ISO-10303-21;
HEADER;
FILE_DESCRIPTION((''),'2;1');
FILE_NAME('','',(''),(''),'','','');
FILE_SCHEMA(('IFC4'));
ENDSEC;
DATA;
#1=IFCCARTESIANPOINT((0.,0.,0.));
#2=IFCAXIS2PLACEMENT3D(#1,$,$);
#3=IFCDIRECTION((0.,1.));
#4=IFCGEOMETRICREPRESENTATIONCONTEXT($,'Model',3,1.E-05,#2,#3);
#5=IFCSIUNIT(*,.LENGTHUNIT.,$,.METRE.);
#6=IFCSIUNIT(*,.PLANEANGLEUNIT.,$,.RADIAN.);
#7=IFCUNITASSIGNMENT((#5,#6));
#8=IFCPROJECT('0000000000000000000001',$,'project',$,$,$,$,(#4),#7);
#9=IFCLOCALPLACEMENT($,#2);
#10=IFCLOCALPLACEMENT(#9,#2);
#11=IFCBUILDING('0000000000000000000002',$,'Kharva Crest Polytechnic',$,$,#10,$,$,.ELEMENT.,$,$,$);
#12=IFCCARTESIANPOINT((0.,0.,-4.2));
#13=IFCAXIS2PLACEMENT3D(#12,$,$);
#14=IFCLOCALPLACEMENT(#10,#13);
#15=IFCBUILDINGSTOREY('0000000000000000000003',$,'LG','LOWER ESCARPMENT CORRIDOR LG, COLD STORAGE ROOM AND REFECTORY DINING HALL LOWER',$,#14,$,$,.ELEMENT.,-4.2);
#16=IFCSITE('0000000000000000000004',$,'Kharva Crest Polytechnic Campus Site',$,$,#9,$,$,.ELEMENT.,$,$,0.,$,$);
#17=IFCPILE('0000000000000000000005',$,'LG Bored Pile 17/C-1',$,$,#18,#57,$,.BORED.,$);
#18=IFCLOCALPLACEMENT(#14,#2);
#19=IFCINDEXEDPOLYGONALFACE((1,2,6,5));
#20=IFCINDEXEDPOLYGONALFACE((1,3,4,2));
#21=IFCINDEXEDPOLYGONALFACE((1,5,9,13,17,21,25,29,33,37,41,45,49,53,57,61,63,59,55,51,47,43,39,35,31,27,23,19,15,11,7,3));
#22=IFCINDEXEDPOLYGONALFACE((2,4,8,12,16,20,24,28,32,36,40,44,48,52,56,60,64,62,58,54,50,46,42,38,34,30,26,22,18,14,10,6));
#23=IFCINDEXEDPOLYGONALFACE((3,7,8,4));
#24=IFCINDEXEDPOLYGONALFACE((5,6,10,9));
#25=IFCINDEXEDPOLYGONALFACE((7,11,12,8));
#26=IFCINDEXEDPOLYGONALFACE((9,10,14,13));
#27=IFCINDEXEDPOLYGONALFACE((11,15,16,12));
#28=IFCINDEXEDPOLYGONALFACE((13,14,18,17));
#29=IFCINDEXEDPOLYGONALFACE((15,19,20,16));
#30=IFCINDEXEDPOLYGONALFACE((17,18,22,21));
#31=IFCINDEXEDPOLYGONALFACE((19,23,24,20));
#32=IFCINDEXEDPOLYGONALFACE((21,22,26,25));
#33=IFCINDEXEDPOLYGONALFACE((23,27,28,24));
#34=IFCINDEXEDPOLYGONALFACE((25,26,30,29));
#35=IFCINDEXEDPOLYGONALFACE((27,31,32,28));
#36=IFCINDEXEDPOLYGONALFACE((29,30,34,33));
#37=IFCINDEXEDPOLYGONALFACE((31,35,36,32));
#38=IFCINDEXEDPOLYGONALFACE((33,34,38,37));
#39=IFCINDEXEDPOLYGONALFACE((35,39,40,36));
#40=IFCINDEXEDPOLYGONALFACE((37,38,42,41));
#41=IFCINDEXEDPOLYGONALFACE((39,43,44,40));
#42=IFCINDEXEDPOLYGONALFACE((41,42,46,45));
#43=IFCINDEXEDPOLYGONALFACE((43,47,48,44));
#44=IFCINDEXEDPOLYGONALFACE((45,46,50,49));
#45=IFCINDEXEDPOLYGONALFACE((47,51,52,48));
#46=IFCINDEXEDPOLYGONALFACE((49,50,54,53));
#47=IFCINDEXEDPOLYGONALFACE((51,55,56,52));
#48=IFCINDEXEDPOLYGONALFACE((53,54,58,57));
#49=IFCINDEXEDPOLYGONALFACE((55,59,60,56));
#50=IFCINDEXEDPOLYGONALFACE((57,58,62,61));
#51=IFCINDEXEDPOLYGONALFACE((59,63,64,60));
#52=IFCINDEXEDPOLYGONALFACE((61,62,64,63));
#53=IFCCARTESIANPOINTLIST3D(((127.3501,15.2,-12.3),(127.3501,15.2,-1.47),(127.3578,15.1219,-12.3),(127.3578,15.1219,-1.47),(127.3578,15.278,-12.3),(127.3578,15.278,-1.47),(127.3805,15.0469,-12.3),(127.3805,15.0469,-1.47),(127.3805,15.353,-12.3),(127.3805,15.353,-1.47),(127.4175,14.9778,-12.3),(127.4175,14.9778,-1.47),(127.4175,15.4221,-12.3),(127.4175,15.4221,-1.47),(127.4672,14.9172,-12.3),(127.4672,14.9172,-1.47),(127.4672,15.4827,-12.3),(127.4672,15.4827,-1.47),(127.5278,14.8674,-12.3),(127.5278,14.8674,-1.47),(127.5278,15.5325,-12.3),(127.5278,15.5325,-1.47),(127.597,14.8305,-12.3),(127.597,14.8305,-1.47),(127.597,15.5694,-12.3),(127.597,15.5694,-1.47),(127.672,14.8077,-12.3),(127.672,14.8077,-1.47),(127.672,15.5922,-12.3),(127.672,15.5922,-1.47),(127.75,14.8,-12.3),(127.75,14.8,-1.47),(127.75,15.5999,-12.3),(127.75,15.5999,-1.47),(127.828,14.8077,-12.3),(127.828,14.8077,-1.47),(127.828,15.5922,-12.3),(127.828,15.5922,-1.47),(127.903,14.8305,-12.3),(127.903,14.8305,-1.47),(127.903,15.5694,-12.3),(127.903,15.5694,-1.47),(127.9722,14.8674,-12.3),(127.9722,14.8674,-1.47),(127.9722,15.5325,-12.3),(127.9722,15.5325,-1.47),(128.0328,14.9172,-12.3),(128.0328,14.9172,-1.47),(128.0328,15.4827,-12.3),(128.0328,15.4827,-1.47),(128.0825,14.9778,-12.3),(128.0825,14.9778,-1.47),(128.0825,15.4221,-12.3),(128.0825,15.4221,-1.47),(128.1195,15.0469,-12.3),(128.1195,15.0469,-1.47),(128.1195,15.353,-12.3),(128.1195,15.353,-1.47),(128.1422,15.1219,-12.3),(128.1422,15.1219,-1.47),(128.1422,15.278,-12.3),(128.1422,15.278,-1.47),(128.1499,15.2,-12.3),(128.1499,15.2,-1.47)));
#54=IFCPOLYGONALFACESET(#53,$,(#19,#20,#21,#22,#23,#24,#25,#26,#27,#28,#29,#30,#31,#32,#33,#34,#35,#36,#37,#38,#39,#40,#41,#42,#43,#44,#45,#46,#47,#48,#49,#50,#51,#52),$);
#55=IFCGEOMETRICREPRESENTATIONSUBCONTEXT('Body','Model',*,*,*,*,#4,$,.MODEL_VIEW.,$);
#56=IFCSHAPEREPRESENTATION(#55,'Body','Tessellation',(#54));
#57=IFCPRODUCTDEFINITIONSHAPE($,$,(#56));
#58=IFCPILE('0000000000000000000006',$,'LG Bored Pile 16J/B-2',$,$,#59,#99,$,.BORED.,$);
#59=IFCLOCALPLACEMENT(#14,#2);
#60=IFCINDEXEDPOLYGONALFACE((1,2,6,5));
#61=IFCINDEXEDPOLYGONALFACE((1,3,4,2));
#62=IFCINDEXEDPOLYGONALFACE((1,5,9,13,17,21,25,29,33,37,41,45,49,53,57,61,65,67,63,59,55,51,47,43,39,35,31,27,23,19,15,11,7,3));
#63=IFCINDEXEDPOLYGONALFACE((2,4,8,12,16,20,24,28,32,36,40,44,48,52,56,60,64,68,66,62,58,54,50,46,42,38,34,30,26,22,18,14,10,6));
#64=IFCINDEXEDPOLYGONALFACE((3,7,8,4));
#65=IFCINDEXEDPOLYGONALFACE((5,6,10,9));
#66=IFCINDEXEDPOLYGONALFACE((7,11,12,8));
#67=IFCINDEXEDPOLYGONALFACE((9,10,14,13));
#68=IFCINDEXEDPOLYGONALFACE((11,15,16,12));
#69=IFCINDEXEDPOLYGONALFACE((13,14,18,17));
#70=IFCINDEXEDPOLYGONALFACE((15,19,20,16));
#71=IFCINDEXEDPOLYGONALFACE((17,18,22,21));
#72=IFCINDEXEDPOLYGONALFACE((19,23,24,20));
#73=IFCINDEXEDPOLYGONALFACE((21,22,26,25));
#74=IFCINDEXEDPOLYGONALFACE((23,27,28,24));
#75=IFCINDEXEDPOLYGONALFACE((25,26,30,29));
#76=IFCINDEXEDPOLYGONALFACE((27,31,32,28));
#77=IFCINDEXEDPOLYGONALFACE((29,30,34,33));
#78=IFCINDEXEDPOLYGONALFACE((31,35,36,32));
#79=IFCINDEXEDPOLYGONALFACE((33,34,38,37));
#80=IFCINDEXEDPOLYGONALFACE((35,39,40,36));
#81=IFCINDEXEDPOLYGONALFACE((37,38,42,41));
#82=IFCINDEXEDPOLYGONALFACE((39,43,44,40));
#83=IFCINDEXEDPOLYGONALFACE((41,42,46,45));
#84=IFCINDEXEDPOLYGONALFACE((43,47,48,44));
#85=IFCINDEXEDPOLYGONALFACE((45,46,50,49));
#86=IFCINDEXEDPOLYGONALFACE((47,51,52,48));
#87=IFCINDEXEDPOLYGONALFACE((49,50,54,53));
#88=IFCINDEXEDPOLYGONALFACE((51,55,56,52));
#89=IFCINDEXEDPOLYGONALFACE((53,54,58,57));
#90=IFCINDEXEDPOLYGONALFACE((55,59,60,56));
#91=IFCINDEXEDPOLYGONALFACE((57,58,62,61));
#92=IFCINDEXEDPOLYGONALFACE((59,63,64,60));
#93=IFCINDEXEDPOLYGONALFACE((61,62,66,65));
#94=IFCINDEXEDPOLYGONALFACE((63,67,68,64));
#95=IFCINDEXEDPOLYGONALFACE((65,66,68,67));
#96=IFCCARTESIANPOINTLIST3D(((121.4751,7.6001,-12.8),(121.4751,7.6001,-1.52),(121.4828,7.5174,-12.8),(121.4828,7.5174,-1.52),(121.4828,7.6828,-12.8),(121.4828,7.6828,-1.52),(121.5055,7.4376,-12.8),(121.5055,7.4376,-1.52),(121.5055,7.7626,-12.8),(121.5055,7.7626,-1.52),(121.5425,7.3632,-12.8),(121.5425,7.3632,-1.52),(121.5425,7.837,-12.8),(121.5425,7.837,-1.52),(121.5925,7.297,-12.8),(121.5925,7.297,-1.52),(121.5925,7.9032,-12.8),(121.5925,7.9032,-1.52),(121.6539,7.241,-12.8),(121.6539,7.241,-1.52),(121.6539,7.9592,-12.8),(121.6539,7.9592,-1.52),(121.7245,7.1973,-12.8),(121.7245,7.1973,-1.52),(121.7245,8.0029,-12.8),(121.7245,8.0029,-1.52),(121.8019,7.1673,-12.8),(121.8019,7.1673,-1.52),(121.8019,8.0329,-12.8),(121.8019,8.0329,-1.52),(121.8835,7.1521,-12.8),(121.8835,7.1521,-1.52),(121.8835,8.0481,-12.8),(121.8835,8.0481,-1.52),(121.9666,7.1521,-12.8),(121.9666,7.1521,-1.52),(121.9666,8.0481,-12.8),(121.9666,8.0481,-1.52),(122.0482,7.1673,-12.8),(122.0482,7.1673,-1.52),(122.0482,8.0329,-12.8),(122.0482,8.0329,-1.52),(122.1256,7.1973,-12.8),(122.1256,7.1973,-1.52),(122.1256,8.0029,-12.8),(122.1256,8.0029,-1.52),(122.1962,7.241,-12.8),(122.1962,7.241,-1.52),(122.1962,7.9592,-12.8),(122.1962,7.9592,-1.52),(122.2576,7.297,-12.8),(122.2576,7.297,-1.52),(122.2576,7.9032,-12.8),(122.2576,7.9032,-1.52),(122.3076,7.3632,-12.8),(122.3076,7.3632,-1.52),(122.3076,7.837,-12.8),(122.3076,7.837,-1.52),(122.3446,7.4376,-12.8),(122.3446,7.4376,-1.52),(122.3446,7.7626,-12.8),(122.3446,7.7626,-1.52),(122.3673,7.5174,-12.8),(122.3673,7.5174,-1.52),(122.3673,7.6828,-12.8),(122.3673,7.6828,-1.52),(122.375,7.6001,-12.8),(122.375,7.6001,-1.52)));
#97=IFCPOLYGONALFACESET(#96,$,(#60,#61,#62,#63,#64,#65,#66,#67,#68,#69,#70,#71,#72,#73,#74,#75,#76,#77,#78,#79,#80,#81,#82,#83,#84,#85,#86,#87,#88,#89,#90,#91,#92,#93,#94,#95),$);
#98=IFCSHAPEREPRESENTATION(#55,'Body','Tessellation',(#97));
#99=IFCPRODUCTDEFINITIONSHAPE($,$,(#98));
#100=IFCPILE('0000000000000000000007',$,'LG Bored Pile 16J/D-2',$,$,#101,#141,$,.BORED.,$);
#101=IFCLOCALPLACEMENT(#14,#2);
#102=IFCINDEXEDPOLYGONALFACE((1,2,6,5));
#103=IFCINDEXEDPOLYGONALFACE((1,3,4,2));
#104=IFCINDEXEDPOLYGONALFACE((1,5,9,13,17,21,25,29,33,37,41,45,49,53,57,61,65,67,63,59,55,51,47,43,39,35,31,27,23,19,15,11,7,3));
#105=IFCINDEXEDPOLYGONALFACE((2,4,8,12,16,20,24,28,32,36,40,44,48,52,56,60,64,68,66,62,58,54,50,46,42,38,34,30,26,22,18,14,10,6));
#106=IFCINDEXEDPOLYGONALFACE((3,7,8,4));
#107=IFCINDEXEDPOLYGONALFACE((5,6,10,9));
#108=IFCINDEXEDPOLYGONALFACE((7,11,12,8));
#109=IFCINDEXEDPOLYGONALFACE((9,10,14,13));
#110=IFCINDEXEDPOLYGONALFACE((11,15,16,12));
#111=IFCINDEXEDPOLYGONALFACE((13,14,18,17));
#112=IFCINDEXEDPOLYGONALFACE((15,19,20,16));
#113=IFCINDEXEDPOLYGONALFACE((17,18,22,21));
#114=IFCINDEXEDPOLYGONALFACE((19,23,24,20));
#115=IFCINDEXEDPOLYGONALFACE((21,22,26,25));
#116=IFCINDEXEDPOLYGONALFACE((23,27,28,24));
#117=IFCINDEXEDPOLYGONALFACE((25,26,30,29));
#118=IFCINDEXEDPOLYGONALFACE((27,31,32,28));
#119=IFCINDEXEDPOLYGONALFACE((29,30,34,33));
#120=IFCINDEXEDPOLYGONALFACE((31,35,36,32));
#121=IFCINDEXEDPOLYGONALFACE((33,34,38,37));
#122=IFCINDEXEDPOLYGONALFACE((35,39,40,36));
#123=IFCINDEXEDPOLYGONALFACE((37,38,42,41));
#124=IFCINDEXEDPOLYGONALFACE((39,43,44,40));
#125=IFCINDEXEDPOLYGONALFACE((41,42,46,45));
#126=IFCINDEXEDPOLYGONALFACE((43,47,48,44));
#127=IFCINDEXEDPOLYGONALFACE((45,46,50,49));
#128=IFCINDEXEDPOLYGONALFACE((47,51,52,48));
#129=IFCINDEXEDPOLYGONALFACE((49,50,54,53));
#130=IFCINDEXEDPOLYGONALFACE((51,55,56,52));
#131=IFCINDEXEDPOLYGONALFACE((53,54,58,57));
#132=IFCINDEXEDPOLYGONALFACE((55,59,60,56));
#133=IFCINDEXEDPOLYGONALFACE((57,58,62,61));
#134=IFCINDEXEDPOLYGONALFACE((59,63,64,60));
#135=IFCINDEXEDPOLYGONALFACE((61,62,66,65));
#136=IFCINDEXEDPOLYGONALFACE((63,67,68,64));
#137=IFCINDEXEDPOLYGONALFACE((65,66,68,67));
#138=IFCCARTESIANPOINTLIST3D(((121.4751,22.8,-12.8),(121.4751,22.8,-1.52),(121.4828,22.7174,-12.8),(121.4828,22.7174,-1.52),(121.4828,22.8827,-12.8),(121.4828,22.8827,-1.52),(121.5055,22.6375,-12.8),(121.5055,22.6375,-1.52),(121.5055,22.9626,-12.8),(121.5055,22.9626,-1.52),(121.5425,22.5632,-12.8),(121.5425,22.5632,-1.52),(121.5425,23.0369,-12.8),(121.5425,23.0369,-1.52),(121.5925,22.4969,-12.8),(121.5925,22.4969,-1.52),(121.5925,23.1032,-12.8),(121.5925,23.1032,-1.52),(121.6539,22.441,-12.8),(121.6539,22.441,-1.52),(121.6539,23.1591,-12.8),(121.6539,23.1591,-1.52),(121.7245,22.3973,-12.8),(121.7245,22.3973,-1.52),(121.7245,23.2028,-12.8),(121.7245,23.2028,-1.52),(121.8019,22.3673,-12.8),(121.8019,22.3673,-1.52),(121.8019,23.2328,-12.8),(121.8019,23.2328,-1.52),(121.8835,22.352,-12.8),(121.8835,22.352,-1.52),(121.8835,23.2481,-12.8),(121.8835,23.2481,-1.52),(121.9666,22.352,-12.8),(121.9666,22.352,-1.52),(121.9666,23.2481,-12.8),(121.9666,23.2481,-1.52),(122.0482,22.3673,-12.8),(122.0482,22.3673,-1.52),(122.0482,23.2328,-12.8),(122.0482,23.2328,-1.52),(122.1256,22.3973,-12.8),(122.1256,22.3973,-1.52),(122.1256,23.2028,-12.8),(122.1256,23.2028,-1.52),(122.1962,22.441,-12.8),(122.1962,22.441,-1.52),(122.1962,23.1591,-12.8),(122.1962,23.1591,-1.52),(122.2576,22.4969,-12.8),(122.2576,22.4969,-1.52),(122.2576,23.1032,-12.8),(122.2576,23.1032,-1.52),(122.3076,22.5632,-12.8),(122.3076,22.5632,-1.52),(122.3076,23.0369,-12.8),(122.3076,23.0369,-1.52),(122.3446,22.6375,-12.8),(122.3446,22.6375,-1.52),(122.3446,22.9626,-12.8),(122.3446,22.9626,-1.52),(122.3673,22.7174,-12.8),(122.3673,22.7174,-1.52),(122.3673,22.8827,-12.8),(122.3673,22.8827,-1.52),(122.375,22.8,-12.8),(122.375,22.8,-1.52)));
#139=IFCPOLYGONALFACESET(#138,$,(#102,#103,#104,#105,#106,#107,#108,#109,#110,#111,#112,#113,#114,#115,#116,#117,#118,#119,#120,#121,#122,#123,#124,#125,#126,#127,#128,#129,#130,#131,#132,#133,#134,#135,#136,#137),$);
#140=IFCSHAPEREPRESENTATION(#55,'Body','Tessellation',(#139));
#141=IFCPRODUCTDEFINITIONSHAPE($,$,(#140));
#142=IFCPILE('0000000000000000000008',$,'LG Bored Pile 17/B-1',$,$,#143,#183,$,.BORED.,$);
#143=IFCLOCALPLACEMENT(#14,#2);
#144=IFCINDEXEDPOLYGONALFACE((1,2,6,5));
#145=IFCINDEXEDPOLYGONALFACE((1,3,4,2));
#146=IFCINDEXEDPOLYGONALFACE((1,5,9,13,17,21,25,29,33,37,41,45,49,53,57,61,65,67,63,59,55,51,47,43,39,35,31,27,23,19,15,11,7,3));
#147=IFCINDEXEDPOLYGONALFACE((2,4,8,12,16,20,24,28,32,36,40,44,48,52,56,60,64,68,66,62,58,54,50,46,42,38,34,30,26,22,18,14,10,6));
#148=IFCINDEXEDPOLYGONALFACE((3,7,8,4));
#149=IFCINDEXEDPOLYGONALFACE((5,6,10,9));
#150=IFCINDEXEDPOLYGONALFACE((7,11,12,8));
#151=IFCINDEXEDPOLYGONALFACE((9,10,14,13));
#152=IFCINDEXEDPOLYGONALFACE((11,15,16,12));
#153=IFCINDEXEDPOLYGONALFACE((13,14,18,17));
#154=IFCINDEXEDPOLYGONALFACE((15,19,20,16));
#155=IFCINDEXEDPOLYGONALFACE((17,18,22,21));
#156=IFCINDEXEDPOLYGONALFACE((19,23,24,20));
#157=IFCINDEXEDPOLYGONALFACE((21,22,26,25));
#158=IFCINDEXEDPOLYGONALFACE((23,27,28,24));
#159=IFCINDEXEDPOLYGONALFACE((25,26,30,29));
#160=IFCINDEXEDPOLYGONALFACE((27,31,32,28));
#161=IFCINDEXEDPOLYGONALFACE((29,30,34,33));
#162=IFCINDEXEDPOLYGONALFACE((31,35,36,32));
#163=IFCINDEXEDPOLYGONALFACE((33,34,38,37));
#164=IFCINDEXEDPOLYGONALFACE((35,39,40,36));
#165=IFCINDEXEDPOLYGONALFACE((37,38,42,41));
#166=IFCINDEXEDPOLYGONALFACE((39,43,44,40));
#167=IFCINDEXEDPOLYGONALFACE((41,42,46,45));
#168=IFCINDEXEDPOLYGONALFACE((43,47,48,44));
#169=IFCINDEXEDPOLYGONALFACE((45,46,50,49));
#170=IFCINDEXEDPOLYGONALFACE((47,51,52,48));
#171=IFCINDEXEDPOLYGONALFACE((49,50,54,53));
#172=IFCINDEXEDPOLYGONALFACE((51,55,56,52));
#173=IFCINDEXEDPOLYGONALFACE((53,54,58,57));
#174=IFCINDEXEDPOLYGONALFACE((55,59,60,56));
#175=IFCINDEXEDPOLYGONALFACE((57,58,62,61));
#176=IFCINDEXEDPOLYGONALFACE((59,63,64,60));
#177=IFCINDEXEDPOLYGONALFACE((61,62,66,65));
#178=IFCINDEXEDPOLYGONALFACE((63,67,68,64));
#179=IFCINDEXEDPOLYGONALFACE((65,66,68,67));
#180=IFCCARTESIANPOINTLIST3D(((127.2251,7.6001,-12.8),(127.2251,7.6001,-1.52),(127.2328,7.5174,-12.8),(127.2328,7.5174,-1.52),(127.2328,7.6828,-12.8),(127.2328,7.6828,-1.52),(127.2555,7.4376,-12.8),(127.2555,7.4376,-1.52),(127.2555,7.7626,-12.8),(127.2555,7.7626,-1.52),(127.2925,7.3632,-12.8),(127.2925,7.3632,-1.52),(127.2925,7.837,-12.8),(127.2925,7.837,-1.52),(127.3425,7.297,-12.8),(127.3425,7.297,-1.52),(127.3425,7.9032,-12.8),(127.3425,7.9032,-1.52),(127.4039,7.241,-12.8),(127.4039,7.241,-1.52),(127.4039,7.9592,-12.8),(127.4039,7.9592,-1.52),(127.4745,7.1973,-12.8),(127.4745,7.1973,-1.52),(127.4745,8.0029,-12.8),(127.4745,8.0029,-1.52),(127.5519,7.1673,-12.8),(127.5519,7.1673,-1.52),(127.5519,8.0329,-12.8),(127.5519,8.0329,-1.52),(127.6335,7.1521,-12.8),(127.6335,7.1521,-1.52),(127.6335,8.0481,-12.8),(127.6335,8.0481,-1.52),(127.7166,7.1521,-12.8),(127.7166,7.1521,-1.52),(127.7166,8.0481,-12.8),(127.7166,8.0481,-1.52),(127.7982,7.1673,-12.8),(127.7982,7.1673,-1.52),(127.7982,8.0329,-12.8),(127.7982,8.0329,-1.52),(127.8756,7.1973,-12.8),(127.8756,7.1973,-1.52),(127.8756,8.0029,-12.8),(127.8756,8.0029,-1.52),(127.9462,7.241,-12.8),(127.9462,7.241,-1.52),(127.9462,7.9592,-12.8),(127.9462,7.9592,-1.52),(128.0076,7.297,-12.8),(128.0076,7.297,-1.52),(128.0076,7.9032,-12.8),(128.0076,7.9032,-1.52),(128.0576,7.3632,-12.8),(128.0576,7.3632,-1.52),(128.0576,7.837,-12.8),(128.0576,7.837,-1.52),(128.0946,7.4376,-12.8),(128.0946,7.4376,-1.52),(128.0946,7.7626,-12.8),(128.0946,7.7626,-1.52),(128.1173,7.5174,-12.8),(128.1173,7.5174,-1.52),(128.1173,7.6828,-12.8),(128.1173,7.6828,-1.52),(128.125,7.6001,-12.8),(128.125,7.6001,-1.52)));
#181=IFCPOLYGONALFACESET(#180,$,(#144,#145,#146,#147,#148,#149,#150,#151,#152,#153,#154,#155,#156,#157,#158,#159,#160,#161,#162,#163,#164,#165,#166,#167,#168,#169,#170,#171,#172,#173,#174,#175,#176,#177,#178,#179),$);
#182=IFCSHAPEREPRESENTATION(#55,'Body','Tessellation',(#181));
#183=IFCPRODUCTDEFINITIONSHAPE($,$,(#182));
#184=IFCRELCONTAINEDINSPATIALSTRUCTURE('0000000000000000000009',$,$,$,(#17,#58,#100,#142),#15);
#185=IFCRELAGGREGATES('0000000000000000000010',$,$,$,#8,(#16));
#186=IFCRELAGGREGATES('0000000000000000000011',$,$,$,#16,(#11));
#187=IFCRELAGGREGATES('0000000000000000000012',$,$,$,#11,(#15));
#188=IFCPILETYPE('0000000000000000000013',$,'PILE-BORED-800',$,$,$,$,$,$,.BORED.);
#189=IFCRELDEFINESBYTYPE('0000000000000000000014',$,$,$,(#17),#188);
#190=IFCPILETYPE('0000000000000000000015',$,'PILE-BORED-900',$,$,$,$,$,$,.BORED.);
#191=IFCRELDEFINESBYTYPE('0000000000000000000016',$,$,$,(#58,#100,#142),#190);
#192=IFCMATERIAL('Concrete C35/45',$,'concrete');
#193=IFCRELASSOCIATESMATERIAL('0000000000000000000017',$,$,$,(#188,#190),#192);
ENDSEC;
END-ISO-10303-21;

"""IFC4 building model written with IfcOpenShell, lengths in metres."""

from ifc_helpers import new_model, si_unit, direction, frame, origin, origin_2d, place, context, subcontext, project, spatial, circle, extrude, material, material_profile, profile_set, type_object, element, save


model = new_model("IFC4")

# Units and contexts
model_context = context("Model", 3, precision=1e-05, world=origin(), true_north=direction((0.0, 1.0)))
body_context = subcontext(model_context, "Body", "Model", "MODEL_VIEW")
ifc_project = project(units=[si_unit("LENGTHUNIT", "METRE"), si_unit("PLANEANGLEUNIT", "RADIAN")], contexts=[model_context])

# Site, building, storey
site_placement = place(None, origin())
site = spatial("IfcSite", under=ifc_project, at=site_placement, Name="Kharva Crest Polytechnic Campus Site", CompositionType="ELEMENT", RefElevation=0.0)
building_placement = place(site_placement, origin())
building = spatial("IfcBuilding", under=site, at=building_placement, Name="Kharva Crest Polytechnic", CompositionType="ELEMENT")
storey_placement = place(building_placement, frame((0.0, 0.0, -4.2)))
storey = spatial("IfcBuildingStorey", under=building, at=storey_placement, Name="LG", Description="LOWER ESCARPMENT CORRIDOR LG, COLD STORAGE ROOM AND REFECTORY DINING HALL LOWER", CompositionType="ELEMENT", Elevation=-4.2)

# Shared definitions
ifc_material_1 = material(Name="Concrete C35/45", Category="concrete")

# Piles
ifc_material_profile_1 = material_profile(ifc_material_1, circle(Radius=0.3999, at=origin_2d()), Name="DIA 800")
ifc_profile_set_1 = profile_set([ifc_material_profile_1], Name="Concrete C35/45")
pile_type_1 = type_object("IfcPileType", Name="PILE-BORED-800", PredefinedType="BORED", material=ifc_profile_set_1)
for number, where, z_axis, x_axis, name in (
    (1, (127.75, 15.2, -1.47), (0.0, 0.0, -1.0), (1.0, 0.0, 0.0), "LG Bored Pile 17/C-1"),
):
    element("IfcPile", number, at=place(storey_placement, frame(where, z_axis=z_axis, x_axis=x_axis)), inside=storey, type_object=pile_type_1, Name=name, PredefinedType="BORED", context=body_context, shape_type="SweptSolid", body=[
        extrude(circle(Radius=0.3999, at=origin_2d()), origin(), (0.0, 0.0, 1.0), 10.8301),
    ])
ifc_material_profile_2 = material_profile(ifc_material_1, circle(Radius=0.45, at=origin_2d()), Name="DIA 900")
ifc_profile_set_2 = profile_set([ifc_material_profile_2], Name="Concrete C35/45")
pile_type_2 = type_object("IfcPileType", Name="PILE-BORED-900", PredefinedType="BORED", material=ifc_profile_set_2)
for number, where, z_axis, x_axis, name in (
    (2, (121.925, 7.6001, -1.52), (0.0, 0.0, -1.0), (1.0, 0.0, 0.0), "LG Bored Pile 16J/B-2"),
    (3, (121.925, 22.8, -1.52), (0.0, 0.0, -1.0), (1.0, 0.0, 0.0), "LG Bored Pile 16J/D-2"),
    (4, (127.675, 7.6001, -1.52), (0.0, 0.0, -1.0), (1.0, 0.0, 0.0), "LG Bored Pile 17/B-1"),
):
    element("IfcPile", number, at=place(storey_placement, frame(where, z_axis=z_axis, x_axis=x_axis)), inside=storey, type_object=pile_type_2, Name=name, PredefinedType="BORED", context=body_context, shape_type="SweptSolid", body=[
        extrude(circle(Radius=0.45, at=origin_2d()), origin(), (0.0, 0.0, 1.0), 11.28),
    ])

save(model, "model.ifc")
